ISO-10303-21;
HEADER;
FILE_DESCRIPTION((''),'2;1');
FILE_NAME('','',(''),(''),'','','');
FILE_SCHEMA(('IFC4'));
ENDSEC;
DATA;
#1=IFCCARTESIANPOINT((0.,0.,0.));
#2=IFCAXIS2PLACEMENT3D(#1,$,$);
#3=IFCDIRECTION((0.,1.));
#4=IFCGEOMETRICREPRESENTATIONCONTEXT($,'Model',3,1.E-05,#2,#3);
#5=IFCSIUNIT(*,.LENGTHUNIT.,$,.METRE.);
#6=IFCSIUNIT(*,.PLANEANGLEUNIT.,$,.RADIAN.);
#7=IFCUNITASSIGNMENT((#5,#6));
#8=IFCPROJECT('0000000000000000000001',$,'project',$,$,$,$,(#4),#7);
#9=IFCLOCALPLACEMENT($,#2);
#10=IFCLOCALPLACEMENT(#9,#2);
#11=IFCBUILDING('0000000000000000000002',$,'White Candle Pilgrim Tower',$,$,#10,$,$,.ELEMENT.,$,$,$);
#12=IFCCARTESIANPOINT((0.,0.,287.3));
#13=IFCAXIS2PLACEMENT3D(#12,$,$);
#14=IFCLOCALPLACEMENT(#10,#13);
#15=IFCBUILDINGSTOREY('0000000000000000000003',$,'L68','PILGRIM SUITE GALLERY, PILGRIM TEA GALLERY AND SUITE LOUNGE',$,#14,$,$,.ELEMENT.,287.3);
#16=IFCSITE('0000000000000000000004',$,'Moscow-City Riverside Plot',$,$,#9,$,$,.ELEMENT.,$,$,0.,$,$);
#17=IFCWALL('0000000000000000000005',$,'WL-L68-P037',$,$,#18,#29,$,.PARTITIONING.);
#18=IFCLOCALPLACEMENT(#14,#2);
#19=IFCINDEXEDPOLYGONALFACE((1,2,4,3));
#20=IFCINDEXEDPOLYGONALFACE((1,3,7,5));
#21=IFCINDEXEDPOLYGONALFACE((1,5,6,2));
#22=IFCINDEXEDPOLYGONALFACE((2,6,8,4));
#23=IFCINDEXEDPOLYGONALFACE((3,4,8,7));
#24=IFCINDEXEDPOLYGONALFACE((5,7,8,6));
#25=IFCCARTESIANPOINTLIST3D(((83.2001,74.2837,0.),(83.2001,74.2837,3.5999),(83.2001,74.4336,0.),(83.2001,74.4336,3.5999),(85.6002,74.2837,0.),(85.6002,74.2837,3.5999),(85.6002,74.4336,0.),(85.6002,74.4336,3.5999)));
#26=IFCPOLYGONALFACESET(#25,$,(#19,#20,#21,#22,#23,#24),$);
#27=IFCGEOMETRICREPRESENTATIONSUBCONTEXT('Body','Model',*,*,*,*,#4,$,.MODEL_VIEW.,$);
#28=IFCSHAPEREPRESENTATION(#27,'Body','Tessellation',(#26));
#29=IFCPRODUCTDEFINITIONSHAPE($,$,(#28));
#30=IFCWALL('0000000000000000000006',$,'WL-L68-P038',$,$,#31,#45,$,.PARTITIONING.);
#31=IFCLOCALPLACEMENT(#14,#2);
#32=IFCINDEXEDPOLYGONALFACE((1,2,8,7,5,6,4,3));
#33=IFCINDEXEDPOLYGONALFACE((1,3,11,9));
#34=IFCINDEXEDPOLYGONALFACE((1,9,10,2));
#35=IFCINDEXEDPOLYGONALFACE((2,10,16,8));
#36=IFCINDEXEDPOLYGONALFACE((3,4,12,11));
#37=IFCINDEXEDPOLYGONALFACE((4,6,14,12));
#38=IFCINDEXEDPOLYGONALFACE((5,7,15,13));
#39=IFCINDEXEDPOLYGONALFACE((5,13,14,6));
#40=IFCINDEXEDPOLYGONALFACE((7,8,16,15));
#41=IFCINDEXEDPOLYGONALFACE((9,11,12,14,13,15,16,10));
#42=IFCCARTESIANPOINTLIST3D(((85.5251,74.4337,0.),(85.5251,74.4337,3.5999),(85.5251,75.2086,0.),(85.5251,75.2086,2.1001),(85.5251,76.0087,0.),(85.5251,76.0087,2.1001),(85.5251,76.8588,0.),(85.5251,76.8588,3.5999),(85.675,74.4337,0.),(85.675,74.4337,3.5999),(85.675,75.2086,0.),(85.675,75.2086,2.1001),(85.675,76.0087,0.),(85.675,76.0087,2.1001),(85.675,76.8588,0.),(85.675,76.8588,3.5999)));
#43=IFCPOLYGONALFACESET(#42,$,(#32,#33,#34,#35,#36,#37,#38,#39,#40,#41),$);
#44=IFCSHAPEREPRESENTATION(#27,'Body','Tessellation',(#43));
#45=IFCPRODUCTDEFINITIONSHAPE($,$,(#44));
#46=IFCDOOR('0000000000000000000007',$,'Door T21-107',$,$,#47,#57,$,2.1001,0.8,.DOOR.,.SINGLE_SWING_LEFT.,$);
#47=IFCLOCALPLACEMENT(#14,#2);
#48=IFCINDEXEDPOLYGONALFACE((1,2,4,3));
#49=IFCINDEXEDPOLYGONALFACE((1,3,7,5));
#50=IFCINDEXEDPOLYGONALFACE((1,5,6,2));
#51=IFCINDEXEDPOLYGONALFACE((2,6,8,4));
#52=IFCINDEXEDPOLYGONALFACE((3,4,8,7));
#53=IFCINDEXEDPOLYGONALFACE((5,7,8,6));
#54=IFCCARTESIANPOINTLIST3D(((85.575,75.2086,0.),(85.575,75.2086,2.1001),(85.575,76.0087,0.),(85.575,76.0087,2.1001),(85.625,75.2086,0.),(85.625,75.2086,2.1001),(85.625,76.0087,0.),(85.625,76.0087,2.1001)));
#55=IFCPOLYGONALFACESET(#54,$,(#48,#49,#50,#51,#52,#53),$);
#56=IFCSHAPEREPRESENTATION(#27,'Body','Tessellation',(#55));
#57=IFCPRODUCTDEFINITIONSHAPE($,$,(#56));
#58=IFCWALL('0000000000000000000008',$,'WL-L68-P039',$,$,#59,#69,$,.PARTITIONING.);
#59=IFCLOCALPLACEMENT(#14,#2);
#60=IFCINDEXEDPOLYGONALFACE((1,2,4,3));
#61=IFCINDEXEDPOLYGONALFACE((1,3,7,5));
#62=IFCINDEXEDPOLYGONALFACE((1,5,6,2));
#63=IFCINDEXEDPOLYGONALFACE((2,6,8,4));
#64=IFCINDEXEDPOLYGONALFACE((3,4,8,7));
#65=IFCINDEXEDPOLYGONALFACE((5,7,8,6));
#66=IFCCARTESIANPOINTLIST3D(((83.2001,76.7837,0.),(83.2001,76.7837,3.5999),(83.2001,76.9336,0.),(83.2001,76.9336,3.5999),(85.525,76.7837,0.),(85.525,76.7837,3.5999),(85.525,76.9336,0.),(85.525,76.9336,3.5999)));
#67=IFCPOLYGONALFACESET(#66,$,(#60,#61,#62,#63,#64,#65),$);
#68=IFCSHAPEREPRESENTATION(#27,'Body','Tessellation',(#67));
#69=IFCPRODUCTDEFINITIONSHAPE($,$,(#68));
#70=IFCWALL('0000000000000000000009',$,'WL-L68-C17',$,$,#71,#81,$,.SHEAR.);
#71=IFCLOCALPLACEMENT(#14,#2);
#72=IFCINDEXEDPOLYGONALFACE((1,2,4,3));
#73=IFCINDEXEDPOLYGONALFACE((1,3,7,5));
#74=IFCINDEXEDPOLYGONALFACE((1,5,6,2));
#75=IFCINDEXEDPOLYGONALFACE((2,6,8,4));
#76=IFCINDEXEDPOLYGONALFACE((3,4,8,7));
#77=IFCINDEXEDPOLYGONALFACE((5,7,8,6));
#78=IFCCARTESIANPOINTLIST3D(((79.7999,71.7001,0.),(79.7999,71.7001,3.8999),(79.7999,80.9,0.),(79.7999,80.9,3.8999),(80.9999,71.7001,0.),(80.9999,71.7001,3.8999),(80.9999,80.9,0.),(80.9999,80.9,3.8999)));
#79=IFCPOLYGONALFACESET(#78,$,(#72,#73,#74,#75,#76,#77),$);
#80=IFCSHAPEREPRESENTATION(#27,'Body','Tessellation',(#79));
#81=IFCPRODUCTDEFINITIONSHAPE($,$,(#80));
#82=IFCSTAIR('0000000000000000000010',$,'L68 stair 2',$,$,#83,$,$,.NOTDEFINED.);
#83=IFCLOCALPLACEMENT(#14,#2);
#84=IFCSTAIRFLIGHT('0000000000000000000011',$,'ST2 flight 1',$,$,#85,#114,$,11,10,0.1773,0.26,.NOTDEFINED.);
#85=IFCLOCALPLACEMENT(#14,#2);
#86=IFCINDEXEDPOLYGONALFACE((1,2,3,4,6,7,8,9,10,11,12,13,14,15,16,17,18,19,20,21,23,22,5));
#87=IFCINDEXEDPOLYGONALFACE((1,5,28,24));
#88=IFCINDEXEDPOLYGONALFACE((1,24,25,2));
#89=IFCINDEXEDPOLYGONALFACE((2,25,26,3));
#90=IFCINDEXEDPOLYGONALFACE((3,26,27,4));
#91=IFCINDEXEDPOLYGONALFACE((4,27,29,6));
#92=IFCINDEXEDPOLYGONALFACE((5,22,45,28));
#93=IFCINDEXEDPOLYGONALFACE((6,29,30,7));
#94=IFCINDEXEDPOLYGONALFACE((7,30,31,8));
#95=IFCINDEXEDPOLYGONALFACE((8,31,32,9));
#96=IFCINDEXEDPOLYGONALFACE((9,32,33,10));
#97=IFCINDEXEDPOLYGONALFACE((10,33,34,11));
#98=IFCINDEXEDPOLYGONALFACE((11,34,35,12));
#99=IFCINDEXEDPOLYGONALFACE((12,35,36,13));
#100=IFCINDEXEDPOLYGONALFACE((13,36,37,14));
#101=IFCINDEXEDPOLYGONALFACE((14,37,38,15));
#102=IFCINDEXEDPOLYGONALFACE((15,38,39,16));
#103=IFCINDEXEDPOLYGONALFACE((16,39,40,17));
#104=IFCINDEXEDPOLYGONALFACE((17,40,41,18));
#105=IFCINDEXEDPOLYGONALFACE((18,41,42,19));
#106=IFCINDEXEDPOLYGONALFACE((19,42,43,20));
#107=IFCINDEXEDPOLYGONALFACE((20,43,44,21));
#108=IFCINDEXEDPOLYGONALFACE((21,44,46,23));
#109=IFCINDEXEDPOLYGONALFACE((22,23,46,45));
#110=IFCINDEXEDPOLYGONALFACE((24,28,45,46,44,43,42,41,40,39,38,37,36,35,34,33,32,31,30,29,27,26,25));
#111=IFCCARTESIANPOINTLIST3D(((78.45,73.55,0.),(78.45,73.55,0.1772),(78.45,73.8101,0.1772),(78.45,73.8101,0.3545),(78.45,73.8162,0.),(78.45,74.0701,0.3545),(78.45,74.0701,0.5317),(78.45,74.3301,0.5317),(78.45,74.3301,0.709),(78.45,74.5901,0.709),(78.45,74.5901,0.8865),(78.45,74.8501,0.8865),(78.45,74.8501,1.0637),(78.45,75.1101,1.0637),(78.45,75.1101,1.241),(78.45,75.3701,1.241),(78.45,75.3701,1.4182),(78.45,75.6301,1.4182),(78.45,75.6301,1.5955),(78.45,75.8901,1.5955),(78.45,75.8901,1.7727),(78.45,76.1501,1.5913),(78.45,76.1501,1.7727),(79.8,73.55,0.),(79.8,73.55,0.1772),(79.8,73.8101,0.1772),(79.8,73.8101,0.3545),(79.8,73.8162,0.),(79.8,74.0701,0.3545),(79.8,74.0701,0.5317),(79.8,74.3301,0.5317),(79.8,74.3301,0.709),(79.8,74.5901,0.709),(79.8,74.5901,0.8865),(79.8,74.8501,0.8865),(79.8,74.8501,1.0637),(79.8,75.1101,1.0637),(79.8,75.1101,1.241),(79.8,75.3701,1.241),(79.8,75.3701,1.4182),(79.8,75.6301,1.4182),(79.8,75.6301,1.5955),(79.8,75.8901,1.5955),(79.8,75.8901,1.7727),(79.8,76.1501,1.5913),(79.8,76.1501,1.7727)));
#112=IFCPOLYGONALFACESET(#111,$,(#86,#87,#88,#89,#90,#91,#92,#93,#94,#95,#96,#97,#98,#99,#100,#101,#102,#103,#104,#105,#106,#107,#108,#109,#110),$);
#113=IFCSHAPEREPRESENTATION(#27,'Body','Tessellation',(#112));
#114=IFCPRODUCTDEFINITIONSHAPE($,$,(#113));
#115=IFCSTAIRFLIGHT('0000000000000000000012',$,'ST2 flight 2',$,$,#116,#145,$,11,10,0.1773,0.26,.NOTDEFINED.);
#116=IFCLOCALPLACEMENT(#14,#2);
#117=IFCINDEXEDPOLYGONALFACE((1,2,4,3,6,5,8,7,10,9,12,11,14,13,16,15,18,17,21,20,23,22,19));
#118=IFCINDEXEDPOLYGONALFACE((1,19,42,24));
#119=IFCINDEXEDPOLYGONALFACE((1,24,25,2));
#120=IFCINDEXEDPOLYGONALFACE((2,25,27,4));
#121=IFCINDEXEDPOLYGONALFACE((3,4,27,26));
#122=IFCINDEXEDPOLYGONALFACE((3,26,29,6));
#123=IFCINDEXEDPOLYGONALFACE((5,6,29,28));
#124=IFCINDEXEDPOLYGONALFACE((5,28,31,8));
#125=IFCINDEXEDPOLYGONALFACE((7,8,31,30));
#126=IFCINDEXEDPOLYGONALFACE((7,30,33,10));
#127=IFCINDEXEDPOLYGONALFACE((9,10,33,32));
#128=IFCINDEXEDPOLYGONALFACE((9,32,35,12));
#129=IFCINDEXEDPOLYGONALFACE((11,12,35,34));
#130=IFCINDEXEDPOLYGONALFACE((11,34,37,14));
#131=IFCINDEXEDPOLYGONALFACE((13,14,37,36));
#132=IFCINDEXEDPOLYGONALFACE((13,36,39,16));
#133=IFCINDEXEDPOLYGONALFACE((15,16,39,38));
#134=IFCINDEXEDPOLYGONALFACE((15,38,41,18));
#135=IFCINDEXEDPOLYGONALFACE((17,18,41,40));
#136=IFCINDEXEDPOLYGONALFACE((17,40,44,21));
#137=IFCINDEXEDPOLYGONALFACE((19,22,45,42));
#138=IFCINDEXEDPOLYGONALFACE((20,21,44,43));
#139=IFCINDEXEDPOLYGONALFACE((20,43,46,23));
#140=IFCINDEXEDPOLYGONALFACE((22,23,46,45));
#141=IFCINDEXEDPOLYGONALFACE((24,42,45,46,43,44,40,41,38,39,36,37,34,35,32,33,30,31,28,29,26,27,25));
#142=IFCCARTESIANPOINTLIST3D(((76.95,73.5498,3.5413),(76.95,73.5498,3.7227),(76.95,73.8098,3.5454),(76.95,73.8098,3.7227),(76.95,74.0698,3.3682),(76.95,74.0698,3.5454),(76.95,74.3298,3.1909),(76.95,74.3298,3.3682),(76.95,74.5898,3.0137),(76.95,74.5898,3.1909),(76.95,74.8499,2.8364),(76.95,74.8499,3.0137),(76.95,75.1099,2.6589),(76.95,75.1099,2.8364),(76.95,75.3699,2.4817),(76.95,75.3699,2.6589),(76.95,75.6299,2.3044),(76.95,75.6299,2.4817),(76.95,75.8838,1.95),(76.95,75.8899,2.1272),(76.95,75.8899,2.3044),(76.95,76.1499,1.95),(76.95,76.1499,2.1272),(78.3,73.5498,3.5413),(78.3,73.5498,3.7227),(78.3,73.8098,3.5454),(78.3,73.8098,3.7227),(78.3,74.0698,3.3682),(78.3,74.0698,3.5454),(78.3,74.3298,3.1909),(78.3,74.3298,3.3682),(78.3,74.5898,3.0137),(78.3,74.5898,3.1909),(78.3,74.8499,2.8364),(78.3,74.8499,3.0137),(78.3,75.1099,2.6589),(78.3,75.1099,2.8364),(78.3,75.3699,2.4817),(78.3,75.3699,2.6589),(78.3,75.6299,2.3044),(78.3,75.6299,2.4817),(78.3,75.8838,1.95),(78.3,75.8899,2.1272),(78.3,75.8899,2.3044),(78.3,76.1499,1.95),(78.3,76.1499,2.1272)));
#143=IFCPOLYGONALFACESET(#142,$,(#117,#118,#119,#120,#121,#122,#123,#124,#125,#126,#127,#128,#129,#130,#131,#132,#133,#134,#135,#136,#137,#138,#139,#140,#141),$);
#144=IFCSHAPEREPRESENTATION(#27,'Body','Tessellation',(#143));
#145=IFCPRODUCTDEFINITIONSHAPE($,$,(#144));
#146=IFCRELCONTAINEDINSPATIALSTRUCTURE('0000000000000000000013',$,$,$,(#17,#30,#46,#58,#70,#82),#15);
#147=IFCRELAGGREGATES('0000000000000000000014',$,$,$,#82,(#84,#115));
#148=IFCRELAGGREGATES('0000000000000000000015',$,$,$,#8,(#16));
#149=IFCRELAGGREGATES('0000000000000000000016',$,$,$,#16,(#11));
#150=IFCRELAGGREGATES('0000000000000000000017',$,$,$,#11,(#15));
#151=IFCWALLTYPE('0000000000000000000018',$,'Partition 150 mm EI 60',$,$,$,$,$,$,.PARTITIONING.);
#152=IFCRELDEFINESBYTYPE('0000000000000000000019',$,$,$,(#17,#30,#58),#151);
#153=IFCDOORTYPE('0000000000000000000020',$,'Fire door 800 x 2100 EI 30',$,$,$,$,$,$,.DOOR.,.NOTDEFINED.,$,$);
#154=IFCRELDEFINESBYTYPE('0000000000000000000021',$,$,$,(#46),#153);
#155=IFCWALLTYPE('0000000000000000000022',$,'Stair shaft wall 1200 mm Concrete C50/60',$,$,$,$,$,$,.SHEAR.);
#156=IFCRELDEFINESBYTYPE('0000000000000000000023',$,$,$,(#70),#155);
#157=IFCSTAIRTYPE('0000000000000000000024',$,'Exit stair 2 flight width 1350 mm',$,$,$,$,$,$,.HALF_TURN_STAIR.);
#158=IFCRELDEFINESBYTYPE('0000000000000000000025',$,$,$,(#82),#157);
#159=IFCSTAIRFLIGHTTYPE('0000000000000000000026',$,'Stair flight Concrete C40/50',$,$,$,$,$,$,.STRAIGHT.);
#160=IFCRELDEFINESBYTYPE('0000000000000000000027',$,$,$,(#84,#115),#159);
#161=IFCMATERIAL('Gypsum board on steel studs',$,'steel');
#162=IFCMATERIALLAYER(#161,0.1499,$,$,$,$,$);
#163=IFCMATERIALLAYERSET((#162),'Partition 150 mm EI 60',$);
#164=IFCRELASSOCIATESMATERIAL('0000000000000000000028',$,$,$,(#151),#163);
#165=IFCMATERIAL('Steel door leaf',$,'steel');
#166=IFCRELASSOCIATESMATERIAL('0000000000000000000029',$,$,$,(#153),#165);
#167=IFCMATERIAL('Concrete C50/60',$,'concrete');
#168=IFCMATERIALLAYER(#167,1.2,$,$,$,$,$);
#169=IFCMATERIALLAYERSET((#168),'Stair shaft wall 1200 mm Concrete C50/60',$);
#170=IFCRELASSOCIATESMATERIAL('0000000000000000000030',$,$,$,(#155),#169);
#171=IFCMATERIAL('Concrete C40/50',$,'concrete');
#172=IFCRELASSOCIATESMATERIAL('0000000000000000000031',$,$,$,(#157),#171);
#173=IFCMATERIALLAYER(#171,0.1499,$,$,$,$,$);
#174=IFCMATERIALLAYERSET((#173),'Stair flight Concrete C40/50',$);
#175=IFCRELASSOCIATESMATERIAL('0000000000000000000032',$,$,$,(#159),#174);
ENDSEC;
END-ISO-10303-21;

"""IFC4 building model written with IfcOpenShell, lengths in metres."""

from ifc_helpers import new_model, si_unit, direction, frame, frame_2d, origin, place, context, subcontext, project, spatial, polyline, rectangle, outline, extrude, material, layer, layer_set, type_object, element, fill, aggregate, save


model = new_model("IFC4")

# Units and contexts
model_context = context("Model", 3, precision=1e-05, world=origin(), true_north=direction((0.0, 1.0)))
body_context = subcontext(model_context, "Body", "Model", "MODEL_VIEW")
ifc_project = project(units=[si_unit("LENGTHUNIT", "METRE"), si_unit("PLANEANGLEUNIT", "RADIAN")], contexts=[model_context])

# Site, building, storey
site_placement = place(None, origin())
site = spatial("IfcSite", under=ifc_project, at=site_placement, Name="Moscow-City Riverside Plot", CompositionType="ELEMENT", RefElevation=0.0)
building_placement = place(site_placement, origin())
building = spatial("IfcBuilding", under=site, at=building_placement, Name="White Candle Pilgrim Tower", CompositionType="ELEMENT")
storey_placement = place(building_placement, frame((0.0, 0.0, 287.3)))
storey = spatial("IfcBuildingStorey", under=building, at=storey_placement, Name="L68", Description="PILGRIM SUITE GALLERY, PILGRIM TEA GALLERY AND SUITE LOUNGE", CompositionType="ELEMENT", Elevation=287.3)

# Shared definitions
ifc_material_1 = material(Name="Concrete C50/60", Category="concrete")

# Shared definitions
ifc_material_2 = material(Name="Steel door leaf", Category="steel")

# Shared definitions
ifc_material_3 = material(Name="Gypsum board on steel studs", Category="steel")

# Wall
ifc_layer_1 = layer(ifc_material_3, 0.1499)
ifc_layer_set_1 = layer_set([ifc_layer_1], Name="Partition 150 mm EI 60")
wall_type_1 = type_object("IfcWallType", Name="Partition 150 mm EI 60", PredefinedType="PARTITIONING", material=ifc_layer_set_1)
wall_1_placement = place(storey_placement, frame((83.2, 74.3586, 0.0), z_axis=(0.0, 0.0, 1.0), x_axis=(1.0, 0.0, 0.0)))
element("IfcWall", 1, at=wall_1_placement, inside=storey, type_object=wall_type_1, Name="WL-L68-P037", PredefinedType="PARTITIONING", context=body_context, shape_type="SweptSolid", body=[
    extrude(rectangle(XDim=2.4001, YDim=0.1499, at=frame_2d((1.2002, 0.0))), origin(), (0.0, 0.0, 1.0), 3.5999),
])

# Wall, opening, door
wall_2_placement = place(storey_placement, frame((85.6001, 76.8586, 0.0), z_axis=(0.0, 0.0, 1.0), x_axis=(0.0, -1.0, 0.0)))
wall_2 = element("IfcWall", 2, at=wall_2_placement, inside=storey, type_object=wall_type_1, Name="WL-L68-P038", PredefinedType="PARTITIONING", context=body_context, shape_type="SweptSolid", body=[
    extrude(rectangle(XDim=2.425, YDim=0.1499, at=frame_2d((1.2124, 0.0))), origin(), (0.0, 0.0, 1.0), 3.5999),
])
opening_1_placement = place(wall_2_placement, frame((0.8501, 0.0, 0.0)))
opening_1 = element("IfcOpeningElement", 3, at=opening_1_placement, cuts=wall_2, PredefinedType="OPENING", context=body_context, shape_type="SweptSolid", body=[
    extrude(rectangle(XDim=0.8, YDim=2.1001, at=frame_2d((0.3999, 1.05))), frame((0.0, 0.085, 0.0), z_axis=(0.0, -1.0, 0.0), x_axis=(1.0, 0.0, 0.0)), (0.0, 0.0, 1.0), 0.1699),
])
door_type_1 = type_object("IfcDoorType", Name="Fire door 800 x 2100 EI 30", OperationType="NOTDEFINED", PredefinedType="DOOR", material=ifc_material_2)
door_1_placement = place(opening_1_placement, origin())
door_1 = element("IfcDoor", 4, at=door_1_placement, inside=storey, type_object=door_type_1, Name="Door T21-107", OperationType="SINGLE_SWING_LEFT", OverallHeight=2.1001, OverallWidth=0.8, PredefinedType="DOOR", context=body_context, shape_type="SweptSolid", body=[
    extrude(rectangle(XDim=0.8, YDim=2.1001, at=frame_2d((0.3999, 1.05))), frame((0.0, 0.0249, 0.0), z_axis=(0.0, -1.0, 0.0), x_axis=(1.0, 0.0, 0.0)), (0.0, 0.0, 1.0), 0.05),
])
fill(opening_1, door_1)

# Walls
wall_3_placement = place(storey_placement, frame((83.2, 76.8586, 0.0), z_axis=(0.0, 0.0, 1.0), x_axis=(1.0, 0.0, 0.0)))
element("IfcWall", 5, at=wall_3_placement, inside=storey, type_object=wall_type_1, Name="WL-L68-P039", PredefinedType="PARTITIONING", context=body_context, shape_type="SweptSolid", body=[
    extrude(rectangle(XDim=2.325, YDim=0.1499, at=frame_2d((1.1626, 0.0))), origin(), (0.0, 0.0, 1.0), 3.5999),
])
ifc_layer_2 = layer(ifc_material_1, 1.2)
ifc_layer_set_2 = layer_set([ifc_layer_2], Name="Stair shaft wall 1200 mm Concrete C50/60")
wall_type_2 = type_object("IfcWallType", Name="Stair shaft wall 1200 mm Concrete C50/60", PredefinedType="SHEAR", material=ifc_layer_set_2)
wall_4_placement = place(storey_placement, frame((80.3999, 71.7, 0.0), z_axis=(0.0, 0.0, 1.0), x_axis=(0.0, 1.0, 0.0)))
element("IfcWall", 6, at=wall_4_placement, inside=storey, type_object=wall_type_2, Name="WL-L68-C17", PredefinedType="SHEAR", context=body_context, shape_type="SweptSolid", body=[
    extrude(rectangle(XDim=9.2, YDim=1.2, at=frame_2d((4.6001, 0.0))), origin(), (0.0, 0.0, 1.0), 3.8999),
])

# Stair, stair flights
ifc_material_4 = material(Name="Concrete C40/50", Category="concrete")
stair_type = type_object("IfcStairType", Name="Exit stair 2 flight width 1350 mm", PredefinedType="HALF_TURN_STAIR", material=ifc_material_4)
stair_placement = place(storey_placement, origin())
stair = element("IfcStair", 7, at=stair_placement, inside=storey, type_object=stair_type, Name="L68 stair 2", PredefinedType="NOTDEFINED")
ifc_layer_3 = layer(ifc_material_4, 0.1499)
ifc_layer_set_3 = layer_set([ifc_layer_3], Name="Stair flight Concrete C40/50")
stair_flight_type = type_object("IfcStairFlightType", Name="Stair flight Concrete C40/50", PredefinedType="STRAIGHT", material=ifc_layer_set_3)
stair_flight_1_placement = place(storey_placement, frame((79.125, 73.55, 0.0), z_axis=(0.0, 0.0, 1.0), x_axis=(0.0, 1.0, 0.0)))
stair_flight_1 = element("IfcStairFlight", 8, at=stair_flight_1_placement, type_object=stair_flight_type, Name="ST2 flight 1", NumberOfRisers=11, NumberOfTreads=10, PredefinedType="NOTDEFINED", RiserHeight=0.1773, TreadLength=0.26, context=body_context, shape_type="SweptSolid", body=[
    extrude(outline(polyline([(0.0, 0.0), (0.0, 0.1772), (0.26, 0.1772), (0.26, 0.3545), (0.52, 0.3545), (0.52, 0.5317), (0.78, 0.5317), (0.78, 0.709), (1.04, 0.709), (1.04, 0.8865), (1.3, 0.8865), (1.3, 1.0637), (1.5601, 1.0637), (1.5601, 1.241), (1.8201, 1.241), (1.8201, 1.4182), (2.0801, 1.4182), (2.0801, 1.5955), (2.3401, 1.5955), (2.3401, 1.7727), (2.6001, 1.7727), (2.6001, 1.95), (2.6001, 1.5913), (0.2661, 0.0), (0.0, 0.0)])), frame((0.0, 0.675, 0.0), z_axis=(0.0, -1.0, 0.0), x_axis=(1.0, 0.0, 0.0)), (0.0, 0.0, 1.0), 1.3501),
])
stair_flight_2_placement = place(storey_placement, frame((77.625, 76.1499, 1.95), z_axis=(0.0, 0.0, 1.0), x_axis=(0.0, -1.0, 0.0)))
stair_flight_2 = element("IfcStairFlight", 9, at=stair_flight_2_placement, type_object=stair_flight_type, Name="ST2 flight 2", NumberOfRisers=11, NumberOfTreads=10, PredefinedType="NOTDEFINED", RiserHeight=0.1773, TreadLength=0.26, context=body_context, shape_type="SweptSolid", body=[
    extrude(outline(polyline([(0.0, 0.0), (0.0, 0.1772), (0.26, 0.1772), (0.26, 0.3545), (0.52, 0.3545), (0.52, 0.5317), (0.78, 0.5317), (0.78, 0.709), (1.04, 0.709), (1.04, 0.8865), (1.3, 0.8865), (1.3, 1.0637), (1.5601, 1.0637), (1.5601, 1.241), (1.8201, 1.241), (1.8201, 1.4182), (2.0801, 1.4182), (2.0801, 1.5955), (2.3401, 1.5955), (2.3401, 1.7727), (2.6001, 1.7727), (2.6001, 1.95), (2.6001, 1.5913), (0.2661, 0.0), (0.0, 0.0)])), frame((0.0, 0.675, 0.0), z_axis=(0.0, -1.0, 0.0), x_axis=(1.0, 0.0, 0.0)), (0.0, 0.0, 1.0), 1.3501),
])
aggregate(stair, [stair_flight_1, stair_flight_2])

save(model, "model.ifc")
